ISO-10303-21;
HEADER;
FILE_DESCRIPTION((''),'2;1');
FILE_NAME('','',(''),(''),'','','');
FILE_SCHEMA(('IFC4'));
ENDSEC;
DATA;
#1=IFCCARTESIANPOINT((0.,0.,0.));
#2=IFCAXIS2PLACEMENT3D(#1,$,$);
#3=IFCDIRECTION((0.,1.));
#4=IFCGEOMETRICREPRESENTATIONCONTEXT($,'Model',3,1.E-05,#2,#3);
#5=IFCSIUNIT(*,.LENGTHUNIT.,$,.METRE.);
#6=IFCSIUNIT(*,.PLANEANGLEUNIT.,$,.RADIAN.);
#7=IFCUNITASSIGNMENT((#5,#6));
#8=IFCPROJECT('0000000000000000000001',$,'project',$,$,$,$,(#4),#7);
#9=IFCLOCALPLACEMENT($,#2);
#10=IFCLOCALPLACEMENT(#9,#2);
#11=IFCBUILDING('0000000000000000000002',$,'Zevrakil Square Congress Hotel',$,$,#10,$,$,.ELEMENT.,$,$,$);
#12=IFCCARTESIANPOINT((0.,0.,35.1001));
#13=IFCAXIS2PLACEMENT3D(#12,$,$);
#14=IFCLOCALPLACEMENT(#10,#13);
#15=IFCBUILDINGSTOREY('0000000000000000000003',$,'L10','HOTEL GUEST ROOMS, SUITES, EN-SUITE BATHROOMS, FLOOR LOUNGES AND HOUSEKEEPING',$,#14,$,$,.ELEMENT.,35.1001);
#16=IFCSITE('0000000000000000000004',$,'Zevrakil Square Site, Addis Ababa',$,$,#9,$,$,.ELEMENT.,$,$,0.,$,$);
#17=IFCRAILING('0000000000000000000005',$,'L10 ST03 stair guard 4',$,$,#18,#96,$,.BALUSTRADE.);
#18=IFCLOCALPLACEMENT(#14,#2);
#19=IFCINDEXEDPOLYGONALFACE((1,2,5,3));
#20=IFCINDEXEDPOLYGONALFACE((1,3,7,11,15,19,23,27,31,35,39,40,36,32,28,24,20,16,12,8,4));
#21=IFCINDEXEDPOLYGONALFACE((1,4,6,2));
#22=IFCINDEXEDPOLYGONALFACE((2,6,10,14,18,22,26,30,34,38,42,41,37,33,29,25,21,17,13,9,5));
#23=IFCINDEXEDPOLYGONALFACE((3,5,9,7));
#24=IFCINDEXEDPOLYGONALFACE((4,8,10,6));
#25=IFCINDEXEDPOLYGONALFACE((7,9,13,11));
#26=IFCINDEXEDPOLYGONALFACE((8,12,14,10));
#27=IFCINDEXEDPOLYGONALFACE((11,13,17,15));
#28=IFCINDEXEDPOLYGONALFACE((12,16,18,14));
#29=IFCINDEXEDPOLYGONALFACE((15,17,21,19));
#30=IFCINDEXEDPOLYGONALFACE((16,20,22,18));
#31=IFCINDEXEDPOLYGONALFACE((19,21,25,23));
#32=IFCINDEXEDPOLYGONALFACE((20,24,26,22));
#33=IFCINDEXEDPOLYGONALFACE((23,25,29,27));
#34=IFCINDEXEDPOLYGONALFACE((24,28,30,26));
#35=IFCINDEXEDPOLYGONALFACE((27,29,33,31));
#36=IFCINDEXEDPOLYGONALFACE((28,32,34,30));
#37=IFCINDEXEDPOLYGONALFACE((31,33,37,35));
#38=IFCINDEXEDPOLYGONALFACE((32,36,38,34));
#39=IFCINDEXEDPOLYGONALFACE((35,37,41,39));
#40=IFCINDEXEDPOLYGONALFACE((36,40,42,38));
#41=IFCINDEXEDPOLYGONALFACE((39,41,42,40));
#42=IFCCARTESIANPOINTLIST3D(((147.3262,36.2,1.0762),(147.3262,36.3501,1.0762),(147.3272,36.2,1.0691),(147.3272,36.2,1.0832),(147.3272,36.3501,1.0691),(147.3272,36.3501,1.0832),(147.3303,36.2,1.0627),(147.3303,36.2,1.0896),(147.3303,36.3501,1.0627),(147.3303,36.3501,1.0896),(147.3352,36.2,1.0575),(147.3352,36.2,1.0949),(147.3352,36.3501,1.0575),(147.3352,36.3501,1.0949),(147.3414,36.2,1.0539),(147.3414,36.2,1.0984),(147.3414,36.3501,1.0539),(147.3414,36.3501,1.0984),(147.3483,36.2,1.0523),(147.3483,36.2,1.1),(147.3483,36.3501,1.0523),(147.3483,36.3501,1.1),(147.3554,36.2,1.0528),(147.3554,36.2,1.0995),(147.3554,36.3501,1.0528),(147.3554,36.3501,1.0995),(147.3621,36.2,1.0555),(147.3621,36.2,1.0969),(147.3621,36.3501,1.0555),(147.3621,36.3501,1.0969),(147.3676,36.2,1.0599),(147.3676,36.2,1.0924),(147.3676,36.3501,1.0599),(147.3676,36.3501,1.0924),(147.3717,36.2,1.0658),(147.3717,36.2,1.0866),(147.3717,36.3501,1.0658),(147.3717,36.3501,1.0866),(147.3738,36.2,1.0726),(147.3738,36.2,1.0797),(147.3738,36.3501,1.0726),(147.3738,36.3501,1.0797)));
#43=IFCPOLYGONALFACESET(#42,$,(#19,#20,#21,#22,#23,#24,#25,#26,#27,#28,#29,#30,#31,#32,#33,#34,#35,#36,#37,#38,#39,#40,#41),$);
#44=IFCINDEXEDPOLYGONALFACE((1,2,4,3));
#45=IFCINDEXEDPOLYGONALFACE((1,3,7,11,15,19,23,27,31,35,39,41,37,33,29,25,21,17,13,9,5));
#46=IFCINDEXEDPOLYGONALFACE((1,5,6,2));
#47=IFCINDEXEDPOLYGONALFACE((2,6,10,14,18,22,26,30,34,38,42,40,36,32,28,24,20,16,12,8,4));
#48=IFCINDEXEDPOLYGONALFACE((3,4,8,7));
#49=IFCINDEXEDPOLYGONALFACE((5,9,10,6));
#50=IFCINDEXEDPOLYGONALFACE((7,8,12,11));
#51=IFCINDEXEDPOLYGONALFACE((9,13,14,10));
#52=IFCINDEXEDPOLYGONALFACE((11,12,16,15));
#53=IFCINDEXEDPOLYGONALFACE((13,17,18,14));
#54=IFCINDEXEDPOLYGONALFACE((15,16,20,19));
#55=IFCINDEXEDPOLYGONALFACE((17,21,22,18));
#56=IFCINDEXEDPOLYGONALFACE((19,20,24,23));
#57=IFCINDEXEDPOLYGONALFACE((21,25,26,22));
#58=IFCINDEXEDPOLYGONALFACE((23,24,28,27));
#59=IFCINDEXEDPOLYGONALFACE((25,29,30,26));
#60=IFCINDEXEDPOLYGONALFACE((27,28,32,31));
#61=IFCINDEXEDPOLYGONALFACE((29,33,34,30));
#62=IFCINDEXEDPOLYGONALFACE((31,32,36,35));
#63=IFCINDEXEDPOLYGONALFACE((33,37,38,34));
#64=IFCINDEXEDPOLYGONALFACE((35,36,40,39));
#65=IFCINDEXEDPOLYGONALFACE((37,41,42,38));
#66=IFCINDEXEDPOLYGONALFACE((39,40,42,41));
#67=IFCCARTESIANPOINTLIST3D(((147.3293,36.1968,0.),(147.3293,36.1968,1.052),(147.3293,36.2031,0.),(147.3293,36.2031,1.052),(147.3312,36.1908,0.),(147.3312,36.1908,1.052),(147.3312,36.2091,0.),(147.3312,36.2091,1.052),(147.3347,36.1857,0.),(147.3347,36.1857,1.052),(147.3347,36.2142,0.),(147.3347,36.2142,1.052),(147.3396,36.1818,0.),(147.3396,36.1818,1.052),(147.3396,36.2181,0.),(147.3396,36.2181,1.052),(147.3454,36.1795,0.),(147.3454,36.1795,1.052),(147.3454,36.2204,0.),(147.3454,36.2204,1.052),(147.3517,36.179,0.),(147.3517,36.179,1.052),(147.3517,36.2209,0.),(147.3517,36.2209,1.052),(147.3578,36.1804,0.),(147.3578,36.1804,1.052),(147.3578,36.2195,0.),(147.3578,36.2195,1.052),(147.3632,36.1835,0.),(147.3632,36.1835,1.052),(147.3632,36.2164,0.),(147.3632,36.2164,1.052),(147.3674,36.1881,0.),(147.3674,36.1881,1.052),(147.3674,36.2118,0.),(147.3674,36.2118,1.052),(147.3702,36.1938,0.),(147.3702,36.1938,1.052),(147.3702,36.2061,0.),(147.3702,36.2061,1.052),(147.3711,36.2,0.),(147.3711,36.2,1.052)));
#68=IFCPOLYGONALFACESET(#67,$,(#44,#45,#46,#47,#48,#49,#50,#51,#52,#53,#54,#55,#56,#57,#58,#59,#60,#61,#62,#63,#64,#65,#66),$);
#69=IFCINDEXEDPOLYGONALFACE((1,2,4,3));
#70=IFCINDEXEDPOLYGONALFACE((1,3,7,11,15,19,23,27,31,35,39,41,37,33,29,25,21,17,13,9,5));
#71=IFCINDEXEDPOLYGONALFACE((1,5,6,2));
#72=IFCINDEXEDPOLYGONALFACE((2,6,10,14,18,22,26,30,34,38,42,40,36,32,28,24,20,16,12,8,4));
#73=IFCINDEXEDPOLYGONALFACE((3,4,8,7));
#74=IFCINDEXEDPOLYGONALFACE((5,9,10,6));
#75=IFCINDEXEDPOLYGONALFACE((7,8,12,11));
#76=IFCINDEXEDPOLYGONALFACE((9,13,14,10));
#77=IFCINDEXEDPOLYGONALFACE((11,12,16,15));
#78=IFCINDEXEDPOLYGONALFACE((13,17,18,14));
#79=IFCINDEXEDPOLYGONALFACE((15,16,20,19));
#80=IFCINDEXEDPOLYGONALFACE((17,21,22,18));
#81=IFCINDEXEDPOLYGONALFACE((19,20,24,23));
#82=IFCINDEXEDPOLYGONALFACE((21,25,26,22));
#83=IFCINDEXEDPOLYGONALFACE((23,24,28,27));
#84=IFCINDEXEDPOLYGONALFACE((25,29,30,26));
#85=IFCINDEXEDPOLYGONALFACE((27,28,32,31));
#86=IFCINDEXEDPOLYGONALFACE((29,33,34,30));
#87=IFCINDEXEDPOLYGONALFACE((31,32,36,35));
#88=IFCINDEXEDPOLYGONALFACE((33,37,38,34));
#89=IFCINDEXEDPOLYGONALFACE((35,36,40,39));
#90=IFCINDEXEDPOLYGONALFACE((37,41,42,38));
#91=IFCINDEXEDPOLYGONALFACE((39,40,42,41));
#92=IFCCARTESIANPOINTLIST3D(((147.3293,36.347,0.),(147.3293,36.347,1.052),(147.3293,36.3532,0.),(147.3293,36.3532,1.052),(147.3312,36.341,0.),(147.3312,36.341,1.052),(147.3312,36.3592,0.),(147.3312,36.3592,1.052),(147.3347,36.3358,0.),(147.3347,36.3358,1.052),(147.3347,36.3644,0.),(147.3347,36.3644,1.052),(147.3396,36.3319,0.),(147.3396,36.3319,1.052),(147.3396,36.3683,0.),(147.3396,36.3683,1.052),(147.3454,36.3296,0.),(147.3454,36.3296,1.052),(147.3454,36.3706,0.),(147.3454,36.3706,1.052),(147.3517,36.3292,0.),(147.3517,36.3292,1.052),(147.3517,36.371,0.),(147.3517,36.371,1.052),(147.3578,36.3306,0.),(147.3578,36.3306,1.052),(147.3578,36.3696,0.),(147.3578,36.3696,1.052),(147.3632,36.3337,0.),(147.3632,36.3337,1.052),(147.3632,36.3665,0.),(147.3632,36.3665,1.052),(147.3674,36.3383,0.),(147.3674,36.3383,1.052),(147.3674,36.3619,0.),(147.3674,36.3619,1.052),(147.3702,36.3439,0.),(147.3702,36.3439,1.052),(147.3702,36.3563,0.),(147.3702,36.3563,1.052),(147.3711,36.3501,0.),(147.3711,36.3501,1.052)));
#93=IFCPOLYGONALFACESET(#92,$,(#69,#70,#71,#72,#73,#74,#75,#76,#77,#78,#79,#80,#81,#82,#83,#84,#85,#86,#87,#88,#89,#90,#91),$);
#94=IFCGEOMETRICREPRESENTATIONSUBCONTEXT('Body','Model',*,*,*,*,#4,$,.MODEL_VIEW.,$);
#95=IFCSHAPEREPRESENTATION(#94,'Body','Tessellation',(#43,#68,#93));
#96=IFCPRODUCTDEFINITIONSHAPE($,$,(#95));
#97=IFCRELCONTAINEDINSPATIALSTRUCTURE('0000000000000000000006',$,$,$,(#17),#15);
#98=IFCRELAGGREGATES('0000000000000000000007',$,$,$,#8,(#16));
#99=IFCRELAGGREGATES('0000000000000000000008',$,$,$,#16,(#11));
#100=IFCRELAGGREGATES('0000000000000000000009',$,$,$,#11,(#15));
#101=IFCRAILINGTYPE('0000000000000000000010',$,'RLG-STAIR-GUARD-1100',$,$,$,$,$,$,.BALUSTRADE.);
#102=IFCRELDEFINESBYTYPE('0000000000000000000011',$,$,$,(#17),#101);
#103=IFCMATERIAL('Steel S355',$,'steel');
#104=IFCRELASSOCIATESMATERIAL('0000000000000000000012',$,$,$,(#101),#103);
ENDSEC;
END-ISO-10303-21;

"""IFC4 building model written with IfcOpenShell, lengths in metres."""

from ifc_helpers import new_model, si_unit, direction, frame, origin, origin_2d, place, context, subcontext, project, spatial, circle, extrude, material, type_object, element, save


model = new_model("IFC4")

# Units and contexts
model_context = context("Model", 3, precision=1e-05, world=origin(), true_north=direction((0.0, 1.0)))
body_context = subcontext(model_context, "Body", "Model", "MODEL_VIEW")
ifc_project = project(units=[si_unit("LENGTHUNIT", "METRE"), si_unit("PLANEANGLEUNIT", "RADIAN")], contexts=[model_context])

# Site, building, storey
site_placement = place(None, origin())
site = spatial("IfcSite", under=ifc_project, at=site_placement, Name="Zevrakil Square Site, Addis Ababa", CompositionType="ELEMENT", RefElevation=0.0)
building_placement = place(site_placement, origin())
building = spatial("IfcBuilding", under=site, at=building_placement, Name="Zevrakil Square Congress Hotel", CompositionType="ELEMENT")
storey_placement = place(building_placement, frame((0.0, 0.0, 35.1001)))
storey = spatial("IfcBuildingStorey", under=building, at=storey_placement, Name="L10", Description="HOTEL GUEST ROOMS, SUITES, EN-SUITE BATHROOMS, FLOOR LOUNGES AND HOUSEKEEPING", CompositionType="ELEMENT", Elevation=35.1001)

# Railing
ifc_material_1 = material(Name="Steel S355", Category="steel")
railing_type_1 = type_object("IfcRailingType", Name="RLG-STAIR-GUARD-1100", PredefinedType="BALUSTRADE", material=ifc_material_1)
railing_1_placement = place(storey_placement, frame((147.3501, 36.2, 0.0)))
element("IfcRailing", 1, at=railing_1_placement, inside=storey, type_object=railing_type_1, Name="L10 ST03 stair guard 4", PredefinedType="BALUSTRADE", context=body_context, shape_type="SweptSolid", body=[
    extrude(circle(Radius=0.0239, at=origin_2d()), frame((0.0, 0.0, 1.0762), z_axis=(0.0, 1.0, 0.0), x_axis=(-1.0, 0.0, 0.0)), (0.0, 0.0, 1.0), 0.1501),
    extrude(circle(Radius=0.021, at=origin_2d()), origin(), (0.0, 0.0, 1.0), 1.052),
    extrude(circle(Radius=0.021, at=origin_2d()), frame((0.0, 0.1501, 0.0)), (0.0, 0.0, 1.0), 1.052),
])

save(model, "model.ifc")
